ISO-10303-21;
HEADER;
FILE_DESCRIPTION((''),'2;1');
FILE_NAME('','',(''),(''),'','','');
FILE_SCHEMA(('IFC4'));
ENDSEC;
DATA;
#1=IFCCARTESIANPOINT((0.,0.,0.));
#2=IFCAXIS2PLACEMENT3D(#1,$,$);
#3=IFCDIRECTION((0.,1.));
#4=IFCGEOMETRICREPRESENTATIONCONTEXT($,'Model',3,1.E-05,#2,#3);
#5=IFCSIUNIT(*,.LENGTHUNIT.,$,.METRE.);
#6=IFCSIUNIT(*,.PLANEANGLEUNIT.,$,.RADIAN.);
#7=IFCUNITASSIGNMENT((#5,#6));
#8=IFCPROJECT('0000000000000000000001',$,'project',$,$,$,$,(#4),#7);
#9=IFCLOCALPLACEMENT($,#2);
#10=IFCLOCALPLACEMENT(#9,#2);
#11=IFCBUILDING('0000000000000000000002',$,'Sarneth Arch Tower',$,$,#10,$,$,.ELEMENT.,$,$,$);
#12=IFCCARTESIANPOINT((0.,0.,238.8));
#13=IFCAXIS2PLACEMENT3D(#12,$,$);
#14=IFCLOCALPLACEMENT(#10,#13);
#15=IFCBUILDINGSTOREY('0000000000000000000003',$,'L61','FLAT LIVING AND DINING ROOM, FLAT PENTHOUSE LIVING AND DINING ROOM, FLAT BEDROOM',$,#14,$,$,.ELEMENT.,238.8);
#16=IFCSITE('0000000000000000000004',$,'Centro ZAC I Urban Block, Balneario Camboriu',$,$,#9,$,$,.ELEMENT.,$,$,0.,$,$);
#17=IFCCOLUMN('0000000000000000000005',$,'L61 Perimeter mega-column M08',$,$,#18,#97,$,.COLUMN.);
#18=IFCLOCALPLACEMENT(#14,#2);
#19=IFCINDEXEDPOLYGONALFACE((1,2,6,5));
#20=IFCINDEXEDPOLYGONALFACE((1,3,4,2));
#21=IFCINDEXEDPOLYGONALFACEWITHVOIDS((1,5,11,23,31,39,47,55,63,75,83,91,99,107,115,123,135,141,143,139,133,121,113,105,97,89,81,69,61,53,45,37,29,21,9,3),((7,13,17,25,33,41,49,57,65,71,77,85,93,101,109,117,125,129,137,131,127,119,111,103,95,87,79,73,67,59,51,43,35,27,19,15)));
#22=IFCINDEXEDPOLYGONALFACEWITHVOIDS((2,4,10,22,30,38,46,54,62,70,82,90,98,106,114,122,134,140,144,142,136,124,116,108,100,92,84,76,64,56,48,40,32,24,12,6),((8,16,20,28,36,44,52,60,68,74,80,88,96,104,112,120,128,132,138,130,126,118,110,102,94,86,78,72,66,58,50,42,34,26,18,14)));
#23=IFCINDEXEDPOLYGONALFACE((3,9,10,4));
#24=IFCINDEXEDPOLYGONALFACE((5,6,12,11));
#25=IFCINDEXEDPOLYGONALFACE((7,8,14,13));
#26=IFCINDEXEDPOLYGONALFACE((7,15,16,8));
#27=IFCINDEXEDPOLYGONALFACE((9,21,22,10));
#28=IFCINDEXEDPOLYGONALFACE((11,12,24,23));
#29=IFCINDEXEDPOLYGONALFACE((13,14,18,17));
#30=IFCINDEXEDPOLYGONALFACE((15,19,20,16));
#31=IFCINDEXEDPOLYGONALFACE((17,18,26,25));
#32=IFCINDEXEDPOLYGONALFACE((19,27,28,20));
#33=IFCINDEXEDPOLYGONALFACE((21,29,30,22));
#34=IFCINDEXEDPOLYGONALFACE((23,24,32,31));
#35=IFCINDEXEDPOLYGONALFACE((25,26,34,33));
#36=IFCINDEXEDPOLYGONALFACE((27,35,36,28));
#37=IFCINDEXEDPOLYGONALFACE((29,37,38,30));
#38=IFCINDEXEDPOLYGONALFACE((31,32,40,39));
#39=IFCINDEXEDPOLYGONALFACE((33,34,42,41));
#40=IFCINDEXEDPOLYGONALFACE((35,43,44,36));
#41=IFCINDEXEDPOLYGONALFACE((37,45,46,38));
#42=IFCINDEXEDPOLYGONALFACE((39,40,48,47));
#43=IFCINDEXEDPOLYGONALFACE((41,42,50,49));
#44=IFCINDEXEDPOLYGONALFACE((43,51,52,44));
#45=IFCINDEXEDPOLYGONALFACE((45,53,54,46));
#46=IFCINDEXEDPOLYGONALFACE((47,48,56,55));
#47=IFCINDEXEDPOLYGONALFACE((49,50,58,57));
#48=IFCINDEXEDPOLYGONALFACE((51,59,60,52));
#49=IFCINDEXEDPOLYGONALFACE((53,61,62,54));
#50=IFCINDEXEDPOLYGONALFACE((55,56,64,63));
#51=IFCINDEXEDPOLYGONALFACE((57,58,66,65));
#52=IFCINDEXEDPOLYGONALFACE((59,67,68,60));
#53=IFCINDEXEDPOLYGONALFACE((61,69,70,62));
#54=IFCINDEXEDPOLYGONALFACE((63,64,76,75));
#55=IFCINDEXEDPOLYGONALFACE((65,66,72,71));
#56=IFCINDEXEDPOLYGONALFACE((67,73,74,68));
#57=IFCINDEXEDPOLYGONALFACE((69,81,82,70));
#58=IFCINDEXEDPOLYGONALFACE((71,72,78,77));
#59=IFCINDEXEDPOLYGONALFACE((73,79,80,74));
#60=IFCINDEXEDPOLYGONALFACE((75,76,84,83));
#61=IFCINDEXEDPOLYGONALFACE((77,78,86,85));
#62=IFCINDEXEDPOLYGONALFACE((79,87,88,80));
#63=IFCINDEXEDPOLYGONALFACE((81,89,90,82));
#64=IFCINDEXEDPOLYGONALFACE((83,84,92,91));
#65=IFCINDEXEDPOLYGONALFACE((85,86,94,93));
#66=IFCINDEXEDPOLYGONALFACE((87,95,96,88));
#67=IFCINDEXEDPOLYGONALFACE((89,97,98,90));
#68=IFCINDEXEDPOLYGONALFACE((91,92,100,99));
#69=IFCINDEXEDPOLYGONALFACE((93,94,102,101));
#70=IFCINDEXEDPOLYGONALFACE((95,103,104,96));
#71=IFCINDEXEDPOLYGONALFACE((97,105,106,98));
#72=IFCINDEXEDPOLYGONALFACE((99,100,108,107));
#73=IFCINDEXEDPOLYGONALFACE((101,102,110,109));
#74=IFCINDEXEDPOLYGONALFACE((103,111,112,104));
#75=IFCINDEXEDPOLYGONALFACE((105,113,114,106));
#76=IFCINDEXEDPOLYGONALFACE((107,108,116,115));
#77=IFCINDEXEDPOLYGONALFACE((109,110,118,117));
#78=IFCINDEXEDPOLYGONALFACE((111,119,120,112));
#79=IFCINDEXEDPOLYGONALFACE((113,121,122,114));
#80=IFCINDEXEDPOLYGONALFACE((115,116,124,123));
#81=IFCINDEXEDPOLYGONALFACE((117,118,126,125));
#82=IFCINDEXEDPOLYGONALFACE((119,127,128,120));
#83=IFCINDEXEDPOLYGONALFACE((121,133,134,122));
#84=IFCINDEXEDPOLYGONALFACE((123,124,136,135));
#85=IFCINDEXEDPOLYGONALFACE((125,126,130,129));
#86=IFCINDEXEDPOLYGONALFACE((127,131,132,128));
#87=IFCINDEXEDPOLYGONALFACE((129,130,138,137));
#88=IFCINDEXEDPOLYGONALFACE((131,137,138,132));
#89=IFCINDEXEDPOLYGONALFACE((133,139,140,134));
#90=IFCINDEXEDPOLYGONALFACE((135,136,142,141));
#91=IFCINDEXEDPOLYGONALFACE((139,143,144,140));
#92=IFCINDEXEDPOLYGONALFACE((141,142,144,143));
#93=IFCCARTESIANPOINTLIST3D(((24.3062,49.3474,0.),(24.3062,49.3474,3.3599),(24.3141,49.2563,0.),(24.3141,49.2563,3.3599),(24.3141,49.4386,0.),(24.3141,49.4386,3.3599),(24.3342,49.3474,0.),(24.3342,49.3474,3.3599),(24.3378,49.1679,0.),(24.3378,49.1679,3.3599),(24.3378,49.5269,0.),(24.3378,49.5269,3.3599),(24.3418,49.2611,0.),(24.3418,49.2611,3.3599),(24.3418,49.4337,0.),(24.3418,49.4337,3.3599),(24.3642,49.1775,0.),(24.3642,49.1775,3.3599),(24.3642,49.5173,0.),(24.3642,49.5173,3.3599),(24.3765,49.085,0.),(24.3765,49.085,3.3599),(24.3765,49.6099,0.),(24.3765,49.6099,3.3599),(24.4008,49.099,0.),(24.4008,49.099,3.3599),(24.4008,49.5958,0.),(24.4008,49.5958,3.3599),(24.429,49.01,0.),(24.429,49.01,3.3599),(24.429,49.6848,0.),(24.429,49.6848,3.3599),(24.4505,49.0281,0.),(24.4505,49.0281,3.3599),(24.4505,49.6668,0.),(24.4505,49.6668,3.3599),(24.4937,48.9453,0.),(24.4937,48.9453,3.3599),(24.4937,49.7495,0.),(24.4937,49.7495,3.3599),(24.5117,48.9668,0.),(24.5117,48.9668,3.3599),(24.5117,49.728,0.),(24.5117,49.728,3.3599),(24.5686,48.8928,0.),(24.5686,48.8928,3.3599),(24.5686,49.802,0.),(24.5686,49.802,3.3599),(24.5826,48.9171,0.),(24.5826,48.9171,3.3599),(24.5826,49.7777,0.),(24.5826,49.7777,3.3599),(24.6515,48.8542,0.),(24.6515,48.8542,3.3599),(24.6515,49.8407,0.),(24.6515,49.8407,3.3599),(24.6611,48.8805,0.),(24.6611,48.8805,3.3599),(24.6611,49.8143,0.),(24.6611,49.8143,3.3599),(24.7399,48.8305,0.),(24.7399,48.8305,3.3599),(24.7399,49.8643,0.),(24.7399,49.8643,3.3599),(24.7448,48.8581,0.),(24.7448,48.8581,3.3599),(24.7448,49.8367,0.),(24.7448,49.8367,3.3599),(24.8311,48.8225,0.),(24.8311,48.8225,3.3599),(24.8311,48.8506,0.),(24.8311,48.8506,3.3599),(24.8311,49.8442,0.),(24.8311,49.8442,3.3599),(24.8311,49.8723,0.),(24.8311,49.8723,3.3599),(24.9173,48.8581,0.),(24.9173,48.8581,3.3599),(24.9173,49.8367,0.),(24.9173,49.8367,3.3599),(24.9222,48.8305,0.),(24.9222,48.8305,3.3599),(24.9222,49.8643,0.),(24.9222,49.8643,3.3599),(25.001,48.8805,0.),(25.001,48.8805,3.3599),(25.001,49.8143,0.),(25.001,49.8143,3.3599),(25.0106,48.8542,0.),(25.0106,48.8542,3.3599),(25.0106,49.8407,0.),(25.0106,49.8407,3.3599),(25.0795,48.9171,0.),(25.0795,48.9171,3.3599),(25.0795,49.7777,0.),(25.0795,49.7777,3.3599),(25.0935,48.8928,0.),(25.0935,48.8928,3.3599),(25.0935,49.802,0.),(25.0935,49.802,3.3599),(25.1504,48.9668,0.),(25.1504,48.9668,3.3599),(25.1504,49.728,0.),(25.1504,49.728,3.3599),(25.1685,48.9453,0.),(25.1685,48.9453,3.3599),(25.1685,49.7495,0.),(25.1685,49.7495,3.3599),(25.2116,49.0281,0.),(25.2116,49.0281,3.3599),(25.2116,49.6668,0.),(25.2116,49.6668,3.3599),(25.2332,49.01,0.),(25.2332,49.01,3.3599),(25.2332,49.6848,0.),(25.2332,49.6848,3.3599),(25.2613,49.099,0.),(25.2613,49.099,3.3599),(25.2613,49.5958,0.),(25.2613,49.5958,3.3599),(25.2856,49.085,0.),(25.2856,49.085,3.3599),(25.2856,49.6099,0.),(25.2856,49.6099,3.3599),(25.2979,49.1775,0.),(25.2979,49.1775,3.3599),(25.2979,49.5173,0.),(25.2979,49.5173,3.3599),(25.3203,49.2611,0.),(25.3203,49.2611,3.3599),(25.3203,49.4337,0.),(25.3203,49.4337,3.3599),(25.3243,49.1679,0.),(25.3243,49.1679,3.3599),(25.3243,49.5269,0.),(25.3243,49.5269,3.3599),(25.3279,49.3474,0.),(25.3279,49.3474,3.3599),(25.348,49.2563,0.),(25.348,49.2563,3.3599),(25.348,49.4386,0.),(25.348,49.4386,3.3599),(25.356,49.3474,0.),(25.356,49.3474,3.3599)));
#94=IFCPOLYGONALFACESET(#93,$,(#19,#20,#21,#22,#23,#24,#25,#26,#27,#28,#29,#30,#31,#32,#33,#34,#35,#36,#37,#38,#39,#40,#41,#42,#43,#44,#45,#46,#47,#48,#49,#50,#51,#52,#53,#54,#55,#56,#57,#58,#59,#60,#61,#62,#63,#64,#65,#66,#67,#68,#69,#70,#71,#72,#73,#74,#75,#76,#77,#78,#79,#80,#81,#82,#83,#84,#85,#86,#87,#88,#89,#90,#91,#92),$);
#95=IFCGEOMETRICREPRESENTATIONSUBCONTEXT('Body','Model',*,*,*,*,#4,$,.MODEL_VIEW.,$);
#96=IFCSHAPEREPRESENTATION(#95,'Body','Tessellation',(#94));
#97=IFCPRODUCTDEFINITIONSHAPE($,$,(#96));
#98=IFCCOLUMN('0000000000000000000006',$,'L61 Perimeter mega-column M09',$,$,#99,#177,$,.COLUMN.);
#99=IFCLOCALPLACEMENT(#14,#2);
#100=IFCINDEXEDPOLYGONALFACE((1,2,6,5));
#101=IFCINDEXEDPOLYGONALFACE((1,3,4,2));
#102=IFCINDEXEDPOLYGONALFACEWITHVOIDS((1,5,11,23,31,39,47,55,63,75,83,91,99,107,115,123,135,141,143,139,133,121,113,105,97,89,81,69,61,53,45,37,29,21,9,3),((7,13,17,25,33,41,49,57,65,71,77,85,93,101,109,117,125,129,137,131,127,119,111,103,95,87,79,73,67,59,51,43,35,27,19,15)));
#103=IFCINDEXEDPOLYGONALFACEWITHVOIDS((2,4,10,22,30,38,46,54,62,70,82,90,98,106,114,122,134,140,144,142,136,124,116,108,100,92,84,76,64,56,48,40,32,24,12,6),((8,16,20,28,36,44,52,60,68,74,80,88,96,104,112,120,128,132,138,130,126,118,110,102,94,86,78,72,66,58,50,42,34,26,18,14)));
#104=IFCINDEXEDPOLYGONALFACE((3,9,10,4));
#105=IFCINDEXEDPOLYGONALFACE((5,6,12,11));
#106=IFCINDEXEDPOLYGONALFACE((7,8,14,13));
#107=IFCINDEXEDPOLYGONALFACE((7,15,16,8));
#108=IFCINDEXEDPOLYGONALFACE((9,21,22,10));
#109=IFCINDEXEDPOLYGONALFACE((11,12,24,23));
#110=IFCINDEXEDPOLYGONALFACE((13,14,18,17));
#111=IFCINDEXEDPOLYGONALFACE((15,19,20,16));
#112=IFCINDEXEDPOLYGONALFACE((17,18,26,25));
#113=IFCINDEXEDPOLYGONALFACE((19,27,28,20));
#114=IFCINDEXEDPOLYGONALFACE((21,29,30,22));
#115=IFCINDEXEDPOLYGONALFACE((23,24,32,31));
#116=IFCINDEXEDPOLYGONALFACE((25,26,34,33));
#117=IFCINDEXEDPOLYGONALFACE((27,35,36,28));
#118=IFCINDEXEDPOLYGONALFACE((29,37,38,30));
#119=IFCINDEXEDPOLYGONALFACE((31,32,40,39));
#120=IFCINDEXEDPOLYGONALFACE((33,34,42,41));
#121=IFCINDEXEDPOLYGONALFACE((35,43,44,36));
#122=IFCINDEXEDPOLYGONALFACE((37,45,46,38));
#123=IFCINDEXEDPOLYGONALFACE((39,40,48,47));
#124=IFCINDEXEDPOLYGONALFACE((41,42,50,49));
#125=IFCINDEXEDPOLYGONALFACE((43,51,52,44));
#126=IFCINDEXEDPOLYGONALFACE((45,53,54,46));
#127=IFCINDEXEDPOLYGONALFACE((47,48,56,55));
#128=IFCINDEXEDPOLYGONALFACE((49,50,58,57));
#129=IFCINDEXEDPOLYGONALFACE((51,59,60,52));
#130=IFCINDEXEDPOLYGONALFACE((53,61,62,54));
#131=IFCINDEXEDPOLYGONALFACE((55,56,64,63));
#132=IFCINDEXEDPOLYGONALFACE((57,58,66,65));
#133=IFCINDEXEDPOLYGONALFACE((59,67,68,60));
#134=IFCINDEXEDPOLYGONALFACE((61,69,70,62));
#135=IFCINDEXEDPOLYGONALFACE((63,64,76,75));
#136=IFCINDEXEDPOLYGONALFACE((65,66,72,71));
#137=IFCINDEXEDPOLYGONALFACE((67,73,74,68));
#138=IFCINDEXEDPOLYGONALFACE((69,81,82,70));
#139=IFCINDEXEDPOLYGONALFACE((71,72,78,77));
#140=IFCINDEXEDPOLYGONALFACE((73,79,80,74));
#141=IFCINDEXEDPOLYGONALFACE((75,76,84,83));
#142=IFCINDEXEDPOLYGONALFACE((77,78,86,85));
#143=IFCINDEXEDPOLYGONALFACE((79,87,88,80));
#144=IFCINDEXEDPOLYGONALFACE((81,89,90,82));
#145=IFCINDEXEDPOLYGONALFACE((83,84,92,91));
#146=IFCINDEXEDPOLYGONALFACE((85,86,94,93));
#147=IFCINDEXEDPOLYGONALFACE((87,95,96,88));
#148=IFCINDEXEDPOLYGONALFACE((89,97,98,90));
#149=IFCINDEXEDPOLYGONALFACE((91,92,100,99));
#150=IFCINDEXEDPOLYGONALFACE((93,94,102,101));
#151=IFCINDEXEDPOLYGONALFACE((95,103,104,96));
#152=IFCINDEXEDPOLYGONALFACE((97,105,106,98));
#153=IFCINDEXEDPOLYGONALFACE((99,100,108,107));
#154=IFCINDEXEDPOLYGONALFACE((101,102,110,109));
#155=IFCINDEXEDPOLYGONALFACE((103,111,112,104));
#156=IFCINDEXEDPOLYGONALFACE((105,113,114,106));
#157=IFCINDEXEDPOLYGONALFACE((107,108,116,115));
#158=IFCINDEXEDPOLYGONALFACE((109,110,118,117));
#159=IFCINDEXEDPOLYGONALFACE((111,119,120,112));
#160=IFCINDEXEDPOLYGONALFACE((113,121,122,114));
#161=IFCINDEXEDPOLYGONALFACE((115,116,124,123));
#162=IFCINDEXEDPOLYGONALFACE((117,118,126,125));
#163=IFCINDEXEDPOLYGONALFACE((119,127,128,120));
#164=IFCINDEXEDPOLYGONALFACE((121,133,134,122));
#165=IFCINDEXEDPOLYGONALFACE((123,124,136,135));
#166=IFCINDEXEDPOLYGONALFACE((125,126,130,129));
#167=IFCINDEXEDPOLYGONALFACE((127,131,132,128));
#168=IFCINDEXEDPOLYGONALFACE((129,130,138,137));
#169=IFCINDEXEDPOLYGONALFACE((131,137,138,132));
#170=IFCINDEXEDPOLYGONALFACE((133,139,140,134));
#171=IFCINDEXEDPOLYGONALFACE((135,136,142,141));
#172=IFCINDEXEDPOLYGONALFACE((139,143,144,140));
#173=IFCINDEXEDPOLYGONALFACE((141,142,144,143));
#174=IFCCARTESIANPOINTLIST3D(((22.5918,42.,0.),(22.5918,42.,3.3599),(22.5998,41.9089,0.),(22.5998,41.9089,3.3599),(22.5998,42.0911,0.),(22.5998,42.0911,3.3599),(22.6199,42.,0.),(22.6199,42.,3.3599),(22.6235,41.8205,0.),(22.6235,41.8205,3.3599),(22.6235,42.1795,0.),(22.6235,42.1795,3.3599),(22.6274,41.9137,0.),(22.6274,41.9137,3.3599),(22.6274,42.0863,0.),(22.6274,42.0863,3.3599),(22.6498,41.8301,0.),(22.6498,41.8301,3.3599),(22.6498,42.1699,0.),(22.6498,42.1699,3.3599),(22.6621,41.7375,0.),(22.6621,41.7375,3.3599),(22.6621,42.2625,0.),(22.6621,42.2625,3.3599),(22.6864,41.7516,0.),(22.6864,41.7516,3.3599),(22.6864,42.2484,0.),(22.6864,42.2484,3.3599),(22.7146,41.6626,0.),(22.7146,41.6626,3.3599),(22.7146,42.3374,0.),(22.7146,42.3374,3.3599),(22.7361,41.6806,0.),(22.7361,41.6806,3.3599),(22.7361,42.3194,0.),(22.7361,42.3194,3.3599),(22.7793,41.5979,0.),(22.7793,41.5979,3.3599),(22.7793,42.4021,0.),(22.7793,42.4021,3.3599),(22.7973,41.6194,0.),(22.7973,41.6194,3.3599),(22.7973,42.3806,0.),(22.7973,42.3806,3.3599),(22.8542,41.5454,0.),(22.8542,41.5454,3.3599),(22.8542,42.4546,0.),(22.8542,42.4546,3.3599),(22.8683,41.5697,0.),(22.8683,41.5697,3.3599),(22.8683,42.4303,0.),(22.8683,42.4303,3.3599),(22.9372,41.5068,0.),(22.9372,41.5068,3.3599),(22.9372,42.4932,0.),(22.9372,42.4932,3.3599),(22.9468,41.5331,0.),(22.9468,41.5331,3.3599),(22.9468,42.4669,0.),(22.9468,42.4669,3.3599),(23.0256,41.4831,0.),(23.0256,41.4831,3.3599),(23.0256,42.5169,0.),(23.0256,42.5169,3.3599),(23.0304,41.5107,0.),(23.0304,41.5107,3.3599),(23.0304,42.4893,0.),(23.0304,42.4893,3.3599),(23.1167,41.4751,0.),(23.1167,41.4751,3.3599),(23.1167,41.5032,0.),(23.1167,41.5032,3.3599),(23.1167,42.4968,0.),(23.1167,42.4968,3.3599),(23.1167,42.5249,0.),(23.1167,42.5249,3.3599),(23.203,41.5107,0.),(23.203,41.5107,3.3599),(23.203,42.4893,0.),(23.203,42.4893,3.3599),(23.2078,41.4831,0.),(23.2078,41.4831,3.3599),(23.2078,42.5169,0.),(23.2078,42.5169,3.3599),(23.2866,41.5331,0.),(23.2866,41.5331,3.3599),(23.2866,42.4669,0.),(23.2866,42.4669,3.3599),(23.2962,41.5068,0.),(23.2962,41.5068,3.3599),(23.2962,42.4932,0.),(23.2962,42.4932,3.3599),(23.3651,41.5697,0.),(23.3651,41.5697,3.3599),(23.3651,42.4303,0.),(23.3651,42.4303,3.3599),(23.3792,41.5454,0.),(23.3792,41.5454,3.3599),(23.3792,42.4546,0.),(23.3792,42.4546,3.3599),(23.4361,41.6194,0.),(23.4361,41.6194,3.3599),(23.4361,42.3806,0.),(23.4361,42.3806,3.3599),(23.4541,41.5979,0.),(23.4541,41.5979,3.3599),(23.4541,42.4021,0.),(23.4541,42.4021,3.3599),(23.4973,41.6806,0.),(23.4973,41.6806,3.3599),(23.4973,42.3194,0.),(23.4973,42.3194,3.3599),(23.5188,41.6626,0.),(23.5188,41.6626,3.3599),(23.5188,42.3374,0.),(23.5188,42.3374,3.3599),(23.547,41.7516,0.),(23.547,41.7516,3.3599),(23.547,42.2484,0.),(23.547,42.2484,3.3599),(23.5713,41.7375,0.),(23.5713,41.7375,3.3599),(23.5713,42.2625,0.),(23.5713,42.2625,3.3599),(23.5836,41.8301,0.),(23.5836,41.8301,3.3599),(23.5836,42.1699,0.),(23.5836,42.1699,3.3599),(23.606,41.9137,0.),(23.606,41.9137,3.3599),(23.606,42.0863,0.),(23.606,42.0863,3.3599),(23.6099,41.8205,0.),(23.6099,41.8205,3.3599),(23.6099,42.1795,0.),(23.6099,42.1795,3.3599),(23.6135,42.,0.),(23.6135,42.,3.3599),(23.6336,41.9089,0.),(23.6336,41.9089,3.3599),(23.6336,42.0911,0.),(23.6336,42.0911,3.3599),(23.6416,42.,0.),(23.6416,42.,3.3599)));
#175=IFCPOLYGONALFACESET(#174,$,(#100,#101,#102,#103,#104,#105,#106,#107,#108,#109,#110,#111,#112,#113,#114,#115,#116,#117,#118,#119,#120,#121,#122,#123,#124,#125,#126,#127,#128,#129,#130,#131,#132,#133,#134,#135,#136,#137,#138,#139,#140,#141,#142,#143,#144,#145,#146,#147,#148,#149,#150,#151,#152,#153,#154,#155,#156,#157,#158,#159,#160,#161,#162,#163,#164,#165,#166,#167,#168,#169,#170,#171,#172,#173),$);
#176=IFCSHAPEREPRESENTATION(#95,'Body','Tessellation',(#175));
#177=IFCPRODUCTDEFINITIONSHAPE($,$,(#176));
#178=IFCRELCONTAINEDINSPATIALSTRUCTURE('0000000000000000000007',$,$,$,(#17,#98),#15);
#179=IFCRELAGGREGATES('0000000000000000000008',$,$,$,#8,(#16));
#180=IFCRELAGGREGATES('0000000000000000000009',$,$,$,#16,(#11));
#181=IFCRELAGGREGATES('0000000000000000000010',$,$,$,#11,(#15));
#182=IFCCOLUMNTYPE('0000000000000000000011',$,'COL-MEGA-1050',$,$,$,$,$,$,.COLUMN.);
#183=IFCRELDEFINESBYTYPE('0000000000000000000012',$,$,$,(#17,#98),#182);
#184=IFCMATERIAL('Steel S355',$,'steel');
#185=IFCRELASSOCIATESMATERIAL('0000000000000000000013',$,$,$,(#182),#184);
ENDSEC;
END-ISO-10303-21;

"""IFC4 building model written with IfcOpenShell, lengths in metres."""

from ifc_helpers import new_model, si_unit, direction, frame, origin, origin_2d, place, context, subcontext, project, spatial, hollow_circle, extrude, material, material_profile, profile_set, type_object, element, save


model = new_model("IFC4")

# Units and contexts
model_context = context("Model", 3, precision=1e-05, world=origin(), true_north=direction((0.0, 1.0)))
body_context = subcontext(model_context, "Body", "Model", "MODEL_VIEW")
ifc_project = project(units=[si_unit("LENGTHUNIT", "METRE"), si_unit("PLANEANGLEUNIT", "RADIAN")], contexts=[model_context])

# Site, building, storey
site_placement = place(None, origin())
site = spatial("IfcSite", under=ifc_project, at=site_placement, Name="Centro ZAC I Urban Block, Balneario Camboriu", CompositionType="ELEMENT", RefElevation=0.0)
building_placement = place(site_placement, origin())
building = spatial("IfcBuilding", under=site, at=building_placement, Name="Sarneth Arch Tower", CompositionType="ELEMENT")
storey_placement = place(building_placement, frame((0.0, 0.0, 238.8)))
storey = spatial("IfcBuildingStorey", under=building, at=storey_placement, Name="L61", Description="FLAT LIVING AND DINING ROOM, FLAT PENTHOUSE LIVING AND DINING ROOM, FLAT BEDROOM", CompositionType="ELEMENT", Elevation=238.8)

# Columns
ifc_material_1 = material(Name="Steel S355", Category="steel")
ifc_material_profile_1 = material_profile(ifc_material_1, hollow_circle(Radius=0.5249, WallThickness=0.0281, at=origin_2d()), Name="CHS1050x28")
ifc_profile_set_1 = profile_set([ifc_material_profile_1], Name="Steel S355")
column_type = type_object("IfcColumnType", Name="COL-MEGA-1050", PredefinedType="COLUMN", material=ifc_profile_set_1)
for number, where, z_axis, x_axis, name in (
    (1, (24.8311, 49.3474, 0.0), (0.0, 0.0, 1.0), (1.0, 0.0, 0.0), "L61 Perimeter mega-column M08"),
    (2, (23.1167, 42.0, 0.0), (0.0, 0.0, 1.0), (1.0, 0.0, 0.0), "L61 Perimeter mega-column M09"),
):
    element("IfcColumn", number, at=place(storey_placement, frame(where, z_axis=z_axis, x_axis=x_axis)), inside=storey, type_object=column_type, Name=name, PredefinedType="COLUMN", context=body_context, shape_type="SweptSolid", body=[
        extrude(hollow_circle(Radius=0.5249, WallThickness=0.0281, at=origin_2d()), origin(), (0.0, 0.0, 1.0), 3.3599),
    ])

save(model, "model.ifc")
